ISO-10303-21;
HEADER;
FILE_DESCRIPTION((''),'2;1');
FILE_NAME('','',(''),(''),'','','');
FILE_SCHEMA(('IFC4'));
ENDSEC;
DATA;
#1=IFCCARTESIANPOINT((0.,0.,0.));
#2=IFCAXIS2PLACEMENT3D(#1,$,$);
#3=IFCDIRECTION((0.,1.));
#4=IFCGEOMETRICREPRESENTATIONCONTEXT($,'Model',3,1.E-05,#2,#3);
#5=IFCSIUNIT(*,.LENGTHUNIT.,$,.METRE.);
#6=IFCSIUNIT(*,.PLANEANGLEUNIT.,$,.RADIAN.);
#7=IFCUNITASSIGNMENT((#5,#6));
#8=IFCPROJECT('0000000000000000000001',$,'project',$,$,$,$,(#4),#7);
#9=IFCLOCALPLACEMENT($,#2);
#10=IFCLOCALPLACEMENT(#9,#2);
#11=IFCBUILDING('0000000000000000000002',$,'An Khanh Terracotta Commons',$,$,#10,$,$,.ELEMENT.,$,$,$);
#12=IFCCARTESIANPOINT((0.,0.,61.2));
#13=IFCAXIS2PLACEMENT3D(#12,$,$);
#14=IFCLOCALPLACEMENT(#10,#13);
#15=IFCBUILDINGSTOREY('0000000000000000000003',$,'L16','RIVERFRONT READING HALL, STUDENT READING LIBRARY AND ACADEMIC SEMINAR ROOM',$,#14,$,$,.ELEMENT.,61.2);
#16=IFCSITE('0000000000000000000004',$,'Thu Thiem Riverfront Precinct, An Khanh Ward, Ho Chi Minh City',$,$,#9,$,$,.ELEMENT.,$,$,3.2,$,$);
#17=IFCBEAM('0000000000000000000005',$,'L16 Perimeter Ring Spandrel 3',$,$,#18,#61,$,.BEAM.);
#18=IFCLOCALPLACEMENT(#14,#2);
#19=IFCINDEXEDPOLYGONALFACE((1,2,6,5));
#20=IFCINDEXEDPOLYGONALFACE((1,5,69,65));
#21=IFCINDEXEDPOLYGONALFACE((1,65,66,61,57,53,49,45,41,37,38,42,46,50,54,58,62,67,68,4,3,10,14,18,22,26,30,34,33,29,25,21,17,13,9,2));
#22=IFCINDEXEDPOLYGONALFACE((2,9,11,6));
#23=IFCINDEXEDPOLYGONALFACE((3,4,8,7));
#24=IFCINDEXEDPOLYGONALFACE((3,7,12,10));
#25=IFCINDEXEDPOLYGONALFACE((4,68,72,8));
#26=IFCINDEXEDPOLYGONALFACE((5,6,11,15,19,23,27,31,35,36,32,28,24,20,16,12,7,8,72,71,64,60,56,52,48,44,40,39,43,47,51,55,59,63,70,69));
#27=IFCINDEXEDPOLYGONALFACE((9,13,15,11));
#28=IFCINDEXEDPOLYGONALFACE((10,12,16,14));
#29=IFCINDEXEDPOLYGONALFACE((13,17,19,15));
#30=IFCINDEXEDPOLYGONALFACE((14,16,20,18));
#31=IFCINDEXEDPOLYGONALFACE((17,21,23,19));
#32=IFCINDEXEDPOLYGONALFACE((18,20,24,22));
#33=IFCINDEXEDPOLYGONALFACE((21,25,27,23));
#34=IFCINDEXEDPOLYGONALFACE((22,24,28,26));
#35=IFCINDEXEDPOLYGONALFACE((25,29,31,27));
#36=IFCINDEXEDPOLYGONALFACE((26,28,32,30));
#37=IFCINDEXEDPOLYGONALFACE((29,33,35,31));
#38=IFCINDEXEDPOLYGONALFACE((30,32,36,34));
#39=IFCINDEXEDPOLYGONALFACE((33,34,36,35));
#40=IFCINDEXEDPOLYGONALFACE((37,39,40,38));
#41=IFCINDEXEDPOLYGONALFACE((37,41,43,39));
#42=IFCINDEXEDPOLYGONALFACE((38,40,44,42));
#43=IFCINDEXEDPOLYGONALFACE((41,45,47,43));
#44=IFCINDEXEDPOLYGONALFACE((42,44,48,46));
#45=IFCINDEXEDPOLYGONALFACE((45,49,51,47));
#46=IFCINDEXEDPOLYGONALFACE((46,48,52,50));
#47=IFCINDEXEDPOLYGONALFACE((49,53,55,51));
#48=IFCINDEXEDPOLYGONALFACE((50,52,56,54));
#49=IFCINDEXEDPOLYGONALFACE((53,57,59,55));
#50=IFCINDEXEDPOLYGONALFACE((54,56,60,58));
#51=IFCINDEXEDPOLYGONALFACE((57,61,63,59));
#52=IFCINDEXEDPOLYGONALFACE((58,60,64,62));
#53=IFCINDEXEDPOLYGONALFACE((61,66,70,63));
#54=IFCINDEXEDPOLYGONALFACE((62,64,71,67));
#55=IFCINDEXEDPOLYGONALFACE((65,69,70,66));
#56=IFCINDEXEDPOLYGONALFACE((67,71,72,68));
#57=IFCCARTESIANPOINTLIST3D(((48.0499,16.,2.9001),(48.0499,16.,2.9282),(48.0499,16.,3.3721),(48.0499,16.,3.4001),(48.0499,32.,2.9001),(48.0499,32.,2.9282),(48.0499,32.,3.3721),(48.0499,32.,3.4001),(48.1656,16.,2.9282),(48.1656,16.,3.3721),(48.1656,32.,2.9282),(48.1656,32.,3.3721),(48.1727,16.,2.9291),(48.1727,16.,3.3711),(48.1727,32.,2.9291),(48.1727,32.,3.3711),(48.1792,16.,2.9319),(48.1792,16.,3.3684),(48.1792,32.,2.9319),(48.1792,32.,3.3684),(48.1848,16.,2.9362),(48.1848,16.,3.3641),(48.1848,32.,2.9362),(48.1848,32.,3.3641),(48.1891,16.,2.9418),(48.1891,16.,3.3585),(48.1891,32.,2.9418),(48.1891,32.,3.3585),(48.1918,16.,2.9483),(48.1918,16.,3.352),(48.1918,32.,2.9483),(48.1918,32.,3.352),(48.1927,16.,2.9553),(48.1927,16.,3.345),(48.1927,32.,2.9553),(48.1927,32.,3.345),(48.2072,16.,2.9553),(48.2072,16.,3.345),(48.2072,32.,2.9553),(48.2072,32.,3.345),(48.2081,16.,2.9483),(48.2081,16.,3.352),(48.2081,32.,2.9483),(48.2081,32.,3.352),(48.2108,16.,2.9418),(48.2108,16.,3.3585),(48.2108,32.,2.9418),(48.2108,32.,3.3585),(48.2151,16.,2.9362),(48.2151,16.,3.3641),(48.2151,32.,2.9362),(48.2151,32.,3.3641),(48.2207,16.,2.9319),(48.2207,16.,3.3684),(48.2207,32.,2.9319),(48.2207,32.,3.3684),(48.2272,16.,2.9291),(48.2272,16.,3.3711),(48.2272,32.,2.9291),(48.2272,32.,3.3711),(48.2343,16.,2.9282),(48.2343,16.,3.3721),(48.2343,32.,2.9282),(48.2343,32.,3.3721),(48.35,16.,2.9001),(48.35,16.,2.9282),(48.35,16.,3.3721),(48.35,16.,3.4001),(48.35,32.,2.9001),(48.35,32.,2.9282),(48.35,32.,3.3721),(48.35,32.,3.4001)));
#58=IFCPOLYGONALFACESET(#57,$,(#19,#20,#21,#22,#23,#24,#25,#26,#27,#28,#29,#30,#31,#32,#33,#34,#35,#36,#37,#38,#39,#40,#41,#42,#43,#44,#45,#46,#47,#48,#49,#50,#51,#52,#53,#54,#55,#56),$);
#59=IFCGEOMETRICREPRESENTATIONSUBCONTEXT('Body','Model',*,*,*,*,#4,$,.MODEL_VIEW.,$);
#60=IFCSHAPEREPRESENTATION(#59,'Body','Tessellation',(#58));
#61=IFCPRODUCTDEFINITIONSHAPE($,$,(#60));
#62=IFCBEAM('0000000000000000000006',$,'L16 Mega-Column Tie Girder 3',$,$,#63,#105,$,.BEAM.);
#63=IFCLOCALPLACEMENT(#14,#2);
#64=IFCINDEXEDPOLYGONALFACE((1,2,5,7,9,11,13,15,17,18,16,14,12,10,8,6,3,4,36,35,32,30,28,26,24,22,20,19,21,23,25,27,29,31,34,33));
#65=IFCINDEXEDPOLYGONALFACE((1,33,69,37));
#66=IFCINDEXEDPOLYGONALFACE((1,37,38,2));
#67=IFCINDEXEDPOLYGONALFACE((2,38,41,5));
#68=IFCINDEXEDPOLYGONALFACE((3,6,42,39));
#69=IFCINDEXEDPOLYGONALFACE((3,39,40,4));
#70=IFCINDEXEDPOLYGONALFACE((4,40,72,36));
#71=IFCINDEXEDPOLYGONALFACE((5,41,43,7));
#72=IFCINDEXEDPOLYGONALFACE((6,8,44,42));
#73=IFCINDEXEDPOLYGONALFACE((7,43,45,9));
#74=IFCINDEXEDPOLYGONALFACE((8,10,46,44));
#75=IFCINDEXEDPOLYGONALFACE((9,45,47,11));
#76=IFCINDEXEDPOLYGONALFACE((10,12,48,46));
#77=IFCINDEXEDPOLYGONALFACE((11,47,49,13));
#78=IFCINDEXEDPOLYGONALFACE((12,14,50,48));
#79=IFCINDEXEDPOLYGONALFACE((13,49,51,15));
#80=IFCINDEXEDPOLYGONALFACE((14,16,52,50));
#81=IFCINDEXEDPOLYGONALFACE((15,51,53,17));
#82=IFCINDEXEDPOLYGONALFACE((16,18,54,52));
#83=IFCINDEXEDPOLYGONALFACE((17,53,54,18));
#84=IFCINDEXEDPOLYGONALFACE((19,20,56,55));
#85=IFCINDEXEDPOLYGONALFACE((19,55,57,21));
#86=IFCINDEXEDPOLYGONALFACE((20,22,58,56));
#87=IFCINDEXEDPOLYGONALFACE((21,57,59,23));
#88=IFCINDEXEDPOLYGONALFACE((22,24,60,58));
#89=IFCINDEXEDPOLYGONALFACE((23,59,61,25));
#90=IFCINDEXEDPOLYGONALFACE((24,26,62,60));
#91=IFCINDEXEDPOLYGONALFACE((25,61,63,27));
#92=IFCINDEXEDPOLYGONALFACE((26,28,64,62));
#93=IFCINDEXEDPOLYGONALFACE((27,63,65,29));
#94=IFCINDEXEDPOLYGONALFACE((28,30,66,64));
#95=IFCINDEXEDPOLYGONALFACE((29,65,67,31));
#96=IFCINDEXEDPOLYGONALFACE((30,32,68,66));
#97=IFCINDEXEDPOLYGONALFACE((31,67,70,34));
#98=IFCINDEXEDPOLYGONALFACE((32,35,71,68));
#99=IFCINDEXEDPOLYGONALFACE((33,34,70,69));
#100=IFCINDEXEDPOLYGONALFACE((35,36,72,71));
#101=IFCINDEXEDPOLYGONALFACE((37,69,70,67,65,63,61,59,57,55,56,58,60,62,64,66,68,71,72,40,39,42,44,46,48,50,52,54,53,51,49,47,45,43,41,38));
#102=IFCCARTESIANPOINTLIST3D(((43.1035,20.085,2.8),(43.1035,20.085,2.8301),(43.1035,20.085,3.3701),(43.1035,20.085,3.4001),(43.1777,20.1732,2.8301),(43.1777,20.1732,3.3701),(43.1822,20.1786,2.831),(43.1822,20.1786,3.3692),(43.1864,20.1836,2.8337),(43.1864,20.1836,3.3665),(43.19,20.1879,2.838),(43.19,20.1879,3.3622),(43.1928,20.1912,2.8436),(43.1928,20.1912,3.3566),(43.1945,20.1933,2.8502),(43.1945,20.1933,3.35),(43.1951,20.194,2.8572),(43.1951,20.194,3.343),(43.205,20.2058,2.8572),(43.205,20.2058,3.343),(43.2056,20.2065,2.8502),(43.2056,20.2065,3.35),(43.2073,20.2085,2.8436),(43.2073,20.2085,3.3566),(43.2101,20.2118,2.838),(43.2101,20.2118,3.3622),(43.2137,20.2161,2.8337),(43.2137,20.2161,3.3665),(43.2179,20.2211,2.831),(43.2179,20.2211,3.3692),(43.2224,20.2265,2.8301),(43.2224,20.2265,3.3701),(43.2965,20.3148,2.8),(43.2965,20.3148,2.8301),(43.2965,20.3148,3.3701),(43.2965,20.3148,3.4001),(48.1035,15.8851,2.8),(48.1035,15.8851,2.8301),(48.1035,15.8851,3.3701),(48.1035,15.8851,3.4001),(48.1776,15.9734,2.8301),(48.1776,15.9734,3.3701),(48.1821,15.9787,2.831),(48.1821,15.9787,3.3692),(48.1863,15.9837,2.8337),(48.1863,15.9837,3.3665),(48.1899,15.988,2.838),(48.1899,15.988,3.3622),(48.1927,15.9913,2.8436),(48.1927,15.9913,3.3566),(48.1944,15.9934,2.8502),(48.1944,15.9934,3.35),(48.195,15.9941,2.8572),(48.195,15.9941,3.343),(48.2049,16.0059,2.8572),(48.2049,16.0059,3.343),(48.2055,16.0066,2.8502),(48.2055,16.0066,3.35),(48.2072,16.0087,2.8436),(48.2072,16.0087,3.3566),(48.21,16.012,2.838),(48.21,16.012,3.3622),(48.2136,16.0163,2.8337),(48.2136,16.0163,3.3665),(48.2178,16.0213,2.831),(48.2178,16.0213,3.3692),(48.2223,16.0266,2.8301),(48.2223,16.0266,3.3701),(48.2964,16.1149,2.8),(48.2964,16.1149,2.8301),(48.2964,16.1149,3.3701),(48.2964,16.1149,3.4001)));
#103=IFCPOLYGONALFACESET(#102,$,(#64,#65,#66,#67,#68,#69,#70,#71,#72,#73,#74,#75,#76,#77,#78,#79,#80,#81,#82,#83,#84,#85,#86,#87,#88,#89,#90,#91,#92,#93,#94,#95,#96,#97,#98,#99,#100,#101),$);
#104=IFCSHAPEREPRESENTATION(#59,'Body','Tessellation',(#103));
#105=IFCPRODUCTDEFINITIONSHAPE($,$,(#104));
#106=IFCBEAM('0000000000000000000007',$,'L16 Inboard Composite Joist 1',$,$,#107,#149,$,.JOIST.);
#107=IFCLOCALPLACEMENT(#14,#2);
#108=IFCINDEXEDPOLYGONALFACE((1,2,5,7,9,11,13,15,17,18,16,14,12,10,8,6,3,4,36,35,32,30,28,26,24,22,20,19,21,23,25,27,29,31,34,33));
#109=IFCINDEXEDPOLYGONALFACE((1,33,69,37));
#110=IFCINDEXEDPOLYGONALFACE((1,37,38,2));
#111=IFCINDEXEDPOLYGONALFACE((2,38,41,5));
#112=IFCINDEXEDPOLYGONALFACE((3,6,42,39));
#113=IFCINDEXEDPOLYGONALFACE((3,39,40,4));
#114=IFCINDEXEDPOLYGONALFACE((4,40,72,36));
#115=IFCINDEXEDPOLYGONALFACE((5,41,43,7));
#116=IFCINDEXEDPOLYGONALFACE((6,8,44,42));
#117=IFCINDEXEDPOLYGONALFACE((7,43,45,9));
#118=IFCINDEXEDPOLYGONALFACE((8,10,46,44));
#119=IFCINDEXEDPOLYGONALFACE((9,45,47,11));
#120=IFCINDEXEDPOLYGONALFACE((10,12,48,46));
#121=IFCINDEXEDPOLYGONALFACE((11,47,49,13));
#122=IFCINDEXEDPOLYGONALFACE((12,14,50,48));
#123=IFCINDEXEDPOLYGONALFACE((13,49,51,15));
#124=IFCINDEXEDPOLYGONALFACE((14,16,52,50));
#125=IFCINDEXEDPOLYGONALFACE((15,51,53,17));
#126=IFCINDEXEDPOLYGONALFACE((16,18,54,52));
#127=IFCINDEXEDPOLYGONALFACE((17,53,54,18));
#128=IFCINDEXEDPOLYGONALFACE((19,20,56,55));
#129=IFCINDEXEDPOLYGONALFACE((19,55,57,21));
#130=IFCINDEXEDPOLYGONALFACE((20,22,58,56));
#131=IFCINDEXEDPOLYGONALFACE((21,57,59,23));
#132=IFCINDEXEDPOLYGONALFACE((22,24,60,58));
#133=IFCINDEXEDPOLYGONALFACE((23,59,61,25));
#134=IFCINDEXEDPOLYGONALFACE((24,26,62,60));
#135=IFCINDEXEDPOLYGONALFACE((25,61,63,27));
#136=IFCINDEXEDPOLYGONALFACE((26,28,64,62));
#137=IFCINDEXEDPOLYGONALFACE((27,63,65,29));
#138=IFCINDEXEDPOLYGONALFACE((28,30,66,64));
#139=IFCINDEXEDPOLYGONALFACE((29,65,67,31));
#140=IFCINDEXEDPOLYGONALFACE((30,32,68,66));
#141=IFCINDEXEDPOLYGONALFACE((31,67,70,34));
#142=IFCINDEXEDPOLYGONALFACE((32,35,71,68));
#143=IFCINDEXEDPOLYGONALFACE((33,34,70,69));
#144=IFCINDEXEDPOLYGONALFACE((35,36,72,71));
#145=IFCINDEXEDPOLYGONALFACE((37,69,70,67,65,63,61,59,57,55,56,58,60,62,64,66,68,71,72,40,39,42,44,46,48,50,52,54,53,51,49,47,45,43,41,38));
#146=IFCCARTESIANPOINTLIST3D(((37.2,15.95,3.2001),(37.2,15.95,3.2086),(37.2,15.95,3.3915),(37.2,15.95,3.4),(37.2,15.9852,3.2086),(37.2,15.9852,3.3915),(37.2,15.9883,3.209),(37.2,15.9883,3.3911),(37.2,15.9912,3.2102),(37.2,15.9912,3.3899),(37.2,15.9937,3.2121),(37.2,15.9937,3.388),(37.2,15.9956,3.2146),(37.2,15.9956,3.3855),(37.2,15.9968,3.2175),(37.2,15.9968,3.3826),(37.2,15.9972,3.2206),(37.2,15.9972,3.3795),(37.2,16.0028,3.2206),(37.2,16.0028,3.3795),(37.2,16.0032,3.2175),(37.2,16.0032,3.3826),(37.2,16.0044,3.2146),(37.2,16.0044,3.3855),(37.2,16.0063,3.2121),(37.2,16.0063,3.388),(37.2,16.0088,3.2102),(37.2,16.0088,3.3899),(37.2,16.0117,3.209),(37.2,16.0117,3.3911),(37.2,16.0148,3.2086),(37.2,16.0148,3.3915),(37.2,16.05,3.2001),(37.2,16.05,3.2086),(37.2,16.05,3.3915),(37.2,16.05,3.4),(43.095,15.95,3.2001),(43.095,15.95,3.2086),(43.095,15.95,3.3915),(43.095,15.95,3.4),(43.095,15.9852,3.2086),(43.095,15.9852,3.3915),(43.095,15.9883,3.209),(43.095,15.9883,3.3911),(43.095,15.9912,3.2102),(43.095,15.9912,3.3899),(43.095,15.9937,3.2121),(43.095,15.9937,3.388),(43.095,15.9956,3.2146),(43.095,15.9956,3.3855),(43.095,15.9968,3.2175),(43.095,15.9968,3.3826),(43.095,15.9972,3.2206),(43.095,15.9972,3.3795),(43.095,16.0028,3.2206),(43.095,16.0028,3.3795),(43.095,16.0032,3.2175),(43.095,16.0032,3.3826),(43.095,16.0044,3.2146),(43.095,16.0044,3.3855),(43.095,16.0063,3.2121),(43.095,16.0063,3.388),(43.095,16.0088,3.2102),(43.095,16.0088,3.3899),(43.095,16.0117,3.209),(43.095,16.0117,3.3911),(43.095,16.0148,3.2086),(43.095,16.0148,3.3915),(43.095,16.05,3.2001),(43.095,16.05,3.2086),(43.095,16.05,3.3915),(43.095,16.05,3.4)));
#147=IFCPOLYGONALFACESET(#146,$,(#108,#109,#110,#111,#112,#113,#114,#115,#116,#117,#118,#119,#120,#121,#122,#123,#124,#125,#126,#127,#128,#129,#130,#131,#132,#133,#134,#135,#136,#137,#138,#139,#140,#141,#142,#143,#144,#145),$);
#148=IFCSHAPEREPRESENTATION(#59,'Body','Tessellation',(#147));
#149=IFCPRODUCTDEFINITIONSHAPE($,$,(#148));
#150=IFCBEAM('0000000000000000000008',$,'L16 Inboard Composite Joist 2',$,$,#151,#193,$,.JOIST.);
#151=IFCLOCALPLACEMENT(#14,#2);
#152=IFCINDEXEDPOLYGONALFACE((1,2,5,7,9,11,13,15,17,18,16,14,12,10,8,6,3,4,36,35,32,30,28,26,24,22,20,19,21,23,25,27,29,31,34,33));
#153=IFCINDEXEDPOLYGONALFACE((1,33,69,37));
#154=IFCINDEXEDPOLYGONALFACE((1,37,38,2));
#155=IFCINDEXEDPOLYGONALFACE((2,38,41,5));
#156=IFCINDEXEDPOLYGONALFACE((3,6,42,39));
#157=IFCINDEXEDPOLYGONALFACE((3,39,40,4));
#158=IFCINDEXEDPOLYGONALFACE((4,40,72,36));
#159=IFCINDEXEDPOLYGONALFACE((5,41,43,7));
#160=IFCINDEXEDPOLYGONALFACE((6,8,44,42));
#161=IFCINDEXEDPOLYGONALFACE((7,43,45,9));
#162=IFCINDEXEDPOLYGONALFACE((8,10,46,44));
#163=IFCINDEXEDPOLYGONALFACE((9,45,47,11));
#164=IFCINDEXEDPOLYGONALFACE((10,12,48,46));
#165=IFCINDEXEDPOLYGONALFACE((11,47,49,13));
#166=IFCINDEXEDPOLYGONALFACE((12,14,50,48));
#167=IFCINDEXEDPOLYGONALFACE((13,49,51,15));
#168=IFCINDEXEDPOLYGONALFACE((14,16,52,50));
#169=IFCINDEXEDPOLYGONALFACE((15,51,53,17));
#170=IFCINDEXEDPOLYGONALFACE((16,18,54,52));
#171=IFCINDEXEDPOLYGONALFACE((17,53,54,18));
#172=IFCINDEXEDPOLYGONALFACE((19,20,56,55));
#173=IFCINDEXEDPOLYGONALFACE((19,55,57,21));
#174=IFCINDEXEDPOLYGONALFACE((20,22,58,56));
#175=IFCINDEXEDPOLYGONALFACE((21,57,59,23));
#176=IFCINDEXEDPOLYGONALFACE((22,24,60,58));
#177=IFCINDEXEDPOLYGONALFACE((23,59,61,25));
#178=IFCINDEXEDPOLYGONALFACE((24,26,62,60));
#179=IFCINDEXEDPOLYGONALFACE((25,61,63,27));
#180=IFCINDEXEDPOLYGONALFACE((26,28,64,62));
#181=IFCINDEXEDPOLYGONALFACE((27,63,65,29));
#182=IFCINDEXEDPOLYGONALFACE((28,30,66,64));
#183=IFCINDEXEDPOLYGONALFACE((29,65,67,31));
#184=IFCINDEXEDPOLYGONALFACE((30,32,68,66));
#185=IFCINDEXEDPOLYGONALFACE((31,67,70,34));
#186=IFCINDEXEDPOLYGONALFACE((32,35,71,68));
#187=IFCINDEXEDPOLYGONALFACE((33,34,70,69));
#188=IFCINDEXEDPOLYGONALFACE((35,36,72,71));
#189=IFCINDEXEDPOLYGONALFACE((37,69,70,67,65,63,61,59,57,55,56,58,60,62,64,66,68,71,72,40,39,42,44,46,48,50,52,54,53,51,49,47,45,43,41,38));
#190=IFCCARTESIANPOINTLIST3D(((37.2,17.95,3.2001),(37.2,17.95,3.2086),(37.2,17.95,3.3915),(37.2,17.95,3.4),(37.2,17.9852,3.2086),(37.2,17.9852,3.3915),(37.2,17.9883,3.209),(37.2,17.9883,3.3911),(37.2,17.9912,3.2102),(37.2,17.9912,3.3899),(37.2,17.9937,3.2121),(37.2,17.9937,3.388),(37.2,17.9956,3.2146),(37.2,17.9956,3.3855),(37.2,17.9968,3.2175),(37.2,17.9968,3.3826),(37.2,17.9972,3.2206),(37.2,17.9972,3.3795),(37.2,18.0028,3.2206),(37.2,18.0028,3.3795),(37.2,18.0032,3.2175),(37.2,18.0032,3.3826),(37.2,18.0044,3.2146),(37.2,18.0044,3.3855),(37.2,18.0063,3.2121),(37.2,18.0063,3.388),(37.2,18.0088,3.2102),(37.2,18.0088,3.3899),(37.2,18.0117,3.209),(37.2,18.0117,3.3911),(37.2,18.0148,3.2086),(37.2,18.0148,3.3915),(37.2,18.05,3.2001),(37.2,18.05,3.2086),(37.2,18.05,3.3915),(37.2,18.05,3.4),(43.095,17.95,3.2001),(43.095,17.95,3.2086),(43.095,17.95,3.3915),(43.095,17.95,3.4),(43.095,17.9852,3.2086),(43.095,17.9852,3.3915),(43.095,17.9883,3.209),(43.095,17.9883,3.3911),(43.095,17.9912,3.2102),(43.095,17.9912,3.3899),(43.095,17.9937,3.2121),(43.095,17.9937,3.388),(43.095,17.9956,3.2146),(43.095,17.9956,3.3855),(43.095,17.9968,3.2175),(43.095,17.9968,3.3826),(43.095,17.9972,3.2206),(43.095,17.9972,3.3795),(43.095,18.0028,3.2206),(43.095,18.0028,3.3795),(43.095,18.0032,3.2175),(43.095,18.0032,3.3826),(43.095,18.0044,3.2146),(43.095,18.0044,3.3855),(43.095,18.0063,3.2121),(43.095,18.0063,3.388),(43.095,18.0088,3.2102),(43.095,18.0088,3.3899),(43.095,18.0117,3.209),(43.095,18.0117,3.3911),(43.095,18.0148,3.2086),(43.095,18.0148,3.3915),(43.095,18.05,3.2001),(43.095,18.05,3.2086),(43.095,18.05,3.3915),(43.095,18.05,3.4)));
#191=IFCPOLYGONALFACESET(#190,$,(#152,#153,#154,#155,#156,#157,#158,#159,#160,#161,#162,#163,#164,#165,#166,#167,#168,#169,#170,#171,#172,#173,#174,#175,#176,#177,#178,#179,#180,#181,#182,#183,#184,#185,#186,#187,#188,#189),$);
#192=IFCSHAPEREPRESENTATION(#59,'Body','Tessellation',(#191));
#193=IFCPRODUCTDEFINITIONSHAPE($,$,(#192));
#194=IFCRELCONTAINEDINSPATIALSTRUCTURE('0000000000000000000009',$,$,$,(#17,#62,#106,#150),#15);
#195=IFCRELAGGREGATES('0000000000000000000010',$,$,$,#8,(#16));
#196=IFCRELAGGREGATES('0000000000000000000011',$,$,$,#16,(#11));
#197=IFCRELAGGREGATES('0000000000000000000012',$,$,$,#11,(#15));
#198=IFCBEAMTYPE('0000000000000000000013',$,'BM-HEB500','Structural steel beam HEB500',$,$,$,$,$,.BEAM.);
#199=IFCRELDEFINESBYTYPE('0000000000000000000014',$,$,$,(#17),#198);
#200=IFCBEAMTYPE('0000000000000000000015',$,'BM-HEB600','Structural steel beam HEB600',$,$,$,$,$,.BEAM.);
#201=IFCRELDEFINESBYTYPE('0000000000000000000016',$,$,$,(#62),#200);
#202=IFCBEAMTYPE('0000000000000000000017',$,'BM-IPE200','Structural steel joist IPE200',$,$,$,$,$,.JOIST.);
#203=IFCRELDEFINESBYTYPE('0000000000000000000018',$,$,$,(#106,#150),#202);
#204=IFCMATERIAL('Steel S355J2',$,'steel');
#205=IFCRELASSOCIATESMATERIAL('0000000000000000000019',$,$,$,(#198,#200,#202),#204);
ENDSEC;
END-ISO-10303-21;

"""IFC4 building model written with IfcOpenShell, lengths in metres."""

from ifc_helpers import new_model, si_unit, direction, frame, origin, origin_2d, place, context, subcontext, project, spatial, i_section, extrude, material, material_profile, profile_set, type_object, element, save


model = new_model("IFC4")

# Units and contexts
model_context = context("Model", 3, precision=1e-05, world=origin(), true_north=direction((0.0, 1.0)))
body_context = subcontext(model_context, "Body", "Model", "MODEL_VIEW")
ifc_project = project(units=[si_unit("LENGTHUNIT", "METRE"), si_unit("PLANEANGLEUNIT", "RADIAN")], contexts=[model_context])

# Site, building, storey
site_placement = place(None, origin())
site = spatial("IfcSite", under=ifc_project, at=site_placement, Name="Thu Thiem Riverfront Precinct, An Khanh Ward, Ho Chi Minh City", CompositionType="ELEMENT", RefElevation=3.2)
building_placement = place(site_placement, origin())
building = spatial("IfcBuilding", under=site, at=building_placement, Name="An Khanh Terracotta Commons", CompositionType="ELEMENT")
storey_placement = place(building_placement, frame((0.0, 0.0, 61.2)))
storey = spatial("IfcBuildingStorey", under=building, at=storey_placement, Name="L16", Description="RIVERFRONT READING HALL, STUDENT READING LIBRARY AND ACADEMIC SEMINAR ROOM", CompositionType="ELEMENT", Elevation=61.2)

# Beams
ifc_material_1 = material(Name="Steel S355J2", Category="steel")
ifc_material_profile_1 = material_profile(ifc_material_1, i_section(OverallWidth=0.3, OverallDepth=0.5, WebThickness=0.0144, FlangeThickness=0.0281, FilletRadius=0.0271, at=origin_2d()), Name="HEB500")
ifc_profile_set_1 = profile_set([ifc_material_profile_1], Name="Steel S355J2")
beam_type_1 = type_object("IfcBeamType", Name="BM-HEB500", Description="Structural steel beam HEB500", PredefinedType="BEAM", material=ifc_profile_set_1)
beam_1_placement = place(storey_placement, frame((48.2, 16.0, 3.1501), z_axis=(0.0, 1.0, 0.0), x_axis=(-1.0, 0.0, 0.0)))
element("IfcBeam", 1, at=beam_1_placement, inside=storey, type_object=beam_type_1, Name="L16 Perimeter Ring Spandrel 3", PredefinedType="BEAM", context=body_context, shape_type="SweptSolid", body=[
    extrude(i_section(OverallWidth=0.3, OverallDepth=0.5, WebThickness=0.0144, FlangeThickness=0.0281, FilletRadius=0.0271, at=origin_2d()), origin(), (0.0, 0.0, 1.0), 16.0),
])
ifc_material_profile_2 = material_profile(ifc_material_1, i_section(OverallWidth=0.3, OverallDepth=0.6001, WebThickness=0.0154, FlangeThickness=0.03, FilletRadius=0.0271, at=origin_2d()), Name="HEB600")
ifc_profile_set_2 = profile_set([ifc_material_profile_2], Name="Steel S355J2")
beam_type_2 = type_object("IfcBeamType", Name="BM-HEB600", Description="Structural steel beam HEB600", PredefinedType="BEAM", material=ifc_profile_set_2)
beam_2_placement = place(storey_placement, frame((48.2, 16.0, 3.1001), z_axis=(-0.765709, 0.643188, 0.0), x_axis=(-0.643188, -0.765709, 0.0)))
element("IfcBeam", 2, at=beam_2_placement, inside=storey, type_object=beam_type_2, Name="L16 Mega-Column Tie Girder 3", PredefinedType="BEAM", context=body_context, shape_type="SweptSolid", body=[
    extrude(i_section(OverallWidth=0.3, OverallDepth=0.6001, WebThickness=0.0154, FlangeThickness=0.03, FilletRadius=0.0271, at=origin_2d()), origin(), (0.0, 0.0, 1.0), 6.5298),
])
ifc_material_profile_3 = material_profile(ifc_material_1, i_section(OverallWidth=0.1001, OverallDepth=0.2, WebThickness=0.0056, FlangeThickness=0.0085, FilletRadius=0.012, at=origin_2d()), Name="IPE200")
ifc_profile_set_3 = profile_set([ifc_material_profile_3], Name="Steel S355J2")
beam_type_3 = type_object("IfcBeamType", Name="BM-IPE200", Description="Structural steel joist IPE200", PredefinedType="JOIST", material=ifc_profile_set_3)
for number, where, z_axis, x_axis, name in (
    (3, (37.2, 16.0, 3.3), (1.0, 0.0, 0.0), (0.0, 1.0, 0.0), "L16 Inboard Composite Joist 1"),
    (4, (37.2, 18.0, 3.3), (1.0, 0.0, 0.0), (0.0, 1.0, 0.0), "L16 Inboard Composite Joist 2"),
):
    element("IfcBeam", number, at=place(storey_placement, frame(where, z_axis=z_axis, x_axis=x_axis)), inside=storey, type_object=beam_type_3, Name=name, PredefinedType="JOIST", context=body_context, shape_type="SweptSolid", body=[
        extrude(i_section(OverallWidth=0.1001, OverallDepth=0.2, WebThickness=0.0056, FlangeThickness=0.0085, FilletRadius=0.012, at=origin_2d()), origin(), (0.0, 0.0, 1.0), 5.895),
    ])

save(model, "model.ifc")
